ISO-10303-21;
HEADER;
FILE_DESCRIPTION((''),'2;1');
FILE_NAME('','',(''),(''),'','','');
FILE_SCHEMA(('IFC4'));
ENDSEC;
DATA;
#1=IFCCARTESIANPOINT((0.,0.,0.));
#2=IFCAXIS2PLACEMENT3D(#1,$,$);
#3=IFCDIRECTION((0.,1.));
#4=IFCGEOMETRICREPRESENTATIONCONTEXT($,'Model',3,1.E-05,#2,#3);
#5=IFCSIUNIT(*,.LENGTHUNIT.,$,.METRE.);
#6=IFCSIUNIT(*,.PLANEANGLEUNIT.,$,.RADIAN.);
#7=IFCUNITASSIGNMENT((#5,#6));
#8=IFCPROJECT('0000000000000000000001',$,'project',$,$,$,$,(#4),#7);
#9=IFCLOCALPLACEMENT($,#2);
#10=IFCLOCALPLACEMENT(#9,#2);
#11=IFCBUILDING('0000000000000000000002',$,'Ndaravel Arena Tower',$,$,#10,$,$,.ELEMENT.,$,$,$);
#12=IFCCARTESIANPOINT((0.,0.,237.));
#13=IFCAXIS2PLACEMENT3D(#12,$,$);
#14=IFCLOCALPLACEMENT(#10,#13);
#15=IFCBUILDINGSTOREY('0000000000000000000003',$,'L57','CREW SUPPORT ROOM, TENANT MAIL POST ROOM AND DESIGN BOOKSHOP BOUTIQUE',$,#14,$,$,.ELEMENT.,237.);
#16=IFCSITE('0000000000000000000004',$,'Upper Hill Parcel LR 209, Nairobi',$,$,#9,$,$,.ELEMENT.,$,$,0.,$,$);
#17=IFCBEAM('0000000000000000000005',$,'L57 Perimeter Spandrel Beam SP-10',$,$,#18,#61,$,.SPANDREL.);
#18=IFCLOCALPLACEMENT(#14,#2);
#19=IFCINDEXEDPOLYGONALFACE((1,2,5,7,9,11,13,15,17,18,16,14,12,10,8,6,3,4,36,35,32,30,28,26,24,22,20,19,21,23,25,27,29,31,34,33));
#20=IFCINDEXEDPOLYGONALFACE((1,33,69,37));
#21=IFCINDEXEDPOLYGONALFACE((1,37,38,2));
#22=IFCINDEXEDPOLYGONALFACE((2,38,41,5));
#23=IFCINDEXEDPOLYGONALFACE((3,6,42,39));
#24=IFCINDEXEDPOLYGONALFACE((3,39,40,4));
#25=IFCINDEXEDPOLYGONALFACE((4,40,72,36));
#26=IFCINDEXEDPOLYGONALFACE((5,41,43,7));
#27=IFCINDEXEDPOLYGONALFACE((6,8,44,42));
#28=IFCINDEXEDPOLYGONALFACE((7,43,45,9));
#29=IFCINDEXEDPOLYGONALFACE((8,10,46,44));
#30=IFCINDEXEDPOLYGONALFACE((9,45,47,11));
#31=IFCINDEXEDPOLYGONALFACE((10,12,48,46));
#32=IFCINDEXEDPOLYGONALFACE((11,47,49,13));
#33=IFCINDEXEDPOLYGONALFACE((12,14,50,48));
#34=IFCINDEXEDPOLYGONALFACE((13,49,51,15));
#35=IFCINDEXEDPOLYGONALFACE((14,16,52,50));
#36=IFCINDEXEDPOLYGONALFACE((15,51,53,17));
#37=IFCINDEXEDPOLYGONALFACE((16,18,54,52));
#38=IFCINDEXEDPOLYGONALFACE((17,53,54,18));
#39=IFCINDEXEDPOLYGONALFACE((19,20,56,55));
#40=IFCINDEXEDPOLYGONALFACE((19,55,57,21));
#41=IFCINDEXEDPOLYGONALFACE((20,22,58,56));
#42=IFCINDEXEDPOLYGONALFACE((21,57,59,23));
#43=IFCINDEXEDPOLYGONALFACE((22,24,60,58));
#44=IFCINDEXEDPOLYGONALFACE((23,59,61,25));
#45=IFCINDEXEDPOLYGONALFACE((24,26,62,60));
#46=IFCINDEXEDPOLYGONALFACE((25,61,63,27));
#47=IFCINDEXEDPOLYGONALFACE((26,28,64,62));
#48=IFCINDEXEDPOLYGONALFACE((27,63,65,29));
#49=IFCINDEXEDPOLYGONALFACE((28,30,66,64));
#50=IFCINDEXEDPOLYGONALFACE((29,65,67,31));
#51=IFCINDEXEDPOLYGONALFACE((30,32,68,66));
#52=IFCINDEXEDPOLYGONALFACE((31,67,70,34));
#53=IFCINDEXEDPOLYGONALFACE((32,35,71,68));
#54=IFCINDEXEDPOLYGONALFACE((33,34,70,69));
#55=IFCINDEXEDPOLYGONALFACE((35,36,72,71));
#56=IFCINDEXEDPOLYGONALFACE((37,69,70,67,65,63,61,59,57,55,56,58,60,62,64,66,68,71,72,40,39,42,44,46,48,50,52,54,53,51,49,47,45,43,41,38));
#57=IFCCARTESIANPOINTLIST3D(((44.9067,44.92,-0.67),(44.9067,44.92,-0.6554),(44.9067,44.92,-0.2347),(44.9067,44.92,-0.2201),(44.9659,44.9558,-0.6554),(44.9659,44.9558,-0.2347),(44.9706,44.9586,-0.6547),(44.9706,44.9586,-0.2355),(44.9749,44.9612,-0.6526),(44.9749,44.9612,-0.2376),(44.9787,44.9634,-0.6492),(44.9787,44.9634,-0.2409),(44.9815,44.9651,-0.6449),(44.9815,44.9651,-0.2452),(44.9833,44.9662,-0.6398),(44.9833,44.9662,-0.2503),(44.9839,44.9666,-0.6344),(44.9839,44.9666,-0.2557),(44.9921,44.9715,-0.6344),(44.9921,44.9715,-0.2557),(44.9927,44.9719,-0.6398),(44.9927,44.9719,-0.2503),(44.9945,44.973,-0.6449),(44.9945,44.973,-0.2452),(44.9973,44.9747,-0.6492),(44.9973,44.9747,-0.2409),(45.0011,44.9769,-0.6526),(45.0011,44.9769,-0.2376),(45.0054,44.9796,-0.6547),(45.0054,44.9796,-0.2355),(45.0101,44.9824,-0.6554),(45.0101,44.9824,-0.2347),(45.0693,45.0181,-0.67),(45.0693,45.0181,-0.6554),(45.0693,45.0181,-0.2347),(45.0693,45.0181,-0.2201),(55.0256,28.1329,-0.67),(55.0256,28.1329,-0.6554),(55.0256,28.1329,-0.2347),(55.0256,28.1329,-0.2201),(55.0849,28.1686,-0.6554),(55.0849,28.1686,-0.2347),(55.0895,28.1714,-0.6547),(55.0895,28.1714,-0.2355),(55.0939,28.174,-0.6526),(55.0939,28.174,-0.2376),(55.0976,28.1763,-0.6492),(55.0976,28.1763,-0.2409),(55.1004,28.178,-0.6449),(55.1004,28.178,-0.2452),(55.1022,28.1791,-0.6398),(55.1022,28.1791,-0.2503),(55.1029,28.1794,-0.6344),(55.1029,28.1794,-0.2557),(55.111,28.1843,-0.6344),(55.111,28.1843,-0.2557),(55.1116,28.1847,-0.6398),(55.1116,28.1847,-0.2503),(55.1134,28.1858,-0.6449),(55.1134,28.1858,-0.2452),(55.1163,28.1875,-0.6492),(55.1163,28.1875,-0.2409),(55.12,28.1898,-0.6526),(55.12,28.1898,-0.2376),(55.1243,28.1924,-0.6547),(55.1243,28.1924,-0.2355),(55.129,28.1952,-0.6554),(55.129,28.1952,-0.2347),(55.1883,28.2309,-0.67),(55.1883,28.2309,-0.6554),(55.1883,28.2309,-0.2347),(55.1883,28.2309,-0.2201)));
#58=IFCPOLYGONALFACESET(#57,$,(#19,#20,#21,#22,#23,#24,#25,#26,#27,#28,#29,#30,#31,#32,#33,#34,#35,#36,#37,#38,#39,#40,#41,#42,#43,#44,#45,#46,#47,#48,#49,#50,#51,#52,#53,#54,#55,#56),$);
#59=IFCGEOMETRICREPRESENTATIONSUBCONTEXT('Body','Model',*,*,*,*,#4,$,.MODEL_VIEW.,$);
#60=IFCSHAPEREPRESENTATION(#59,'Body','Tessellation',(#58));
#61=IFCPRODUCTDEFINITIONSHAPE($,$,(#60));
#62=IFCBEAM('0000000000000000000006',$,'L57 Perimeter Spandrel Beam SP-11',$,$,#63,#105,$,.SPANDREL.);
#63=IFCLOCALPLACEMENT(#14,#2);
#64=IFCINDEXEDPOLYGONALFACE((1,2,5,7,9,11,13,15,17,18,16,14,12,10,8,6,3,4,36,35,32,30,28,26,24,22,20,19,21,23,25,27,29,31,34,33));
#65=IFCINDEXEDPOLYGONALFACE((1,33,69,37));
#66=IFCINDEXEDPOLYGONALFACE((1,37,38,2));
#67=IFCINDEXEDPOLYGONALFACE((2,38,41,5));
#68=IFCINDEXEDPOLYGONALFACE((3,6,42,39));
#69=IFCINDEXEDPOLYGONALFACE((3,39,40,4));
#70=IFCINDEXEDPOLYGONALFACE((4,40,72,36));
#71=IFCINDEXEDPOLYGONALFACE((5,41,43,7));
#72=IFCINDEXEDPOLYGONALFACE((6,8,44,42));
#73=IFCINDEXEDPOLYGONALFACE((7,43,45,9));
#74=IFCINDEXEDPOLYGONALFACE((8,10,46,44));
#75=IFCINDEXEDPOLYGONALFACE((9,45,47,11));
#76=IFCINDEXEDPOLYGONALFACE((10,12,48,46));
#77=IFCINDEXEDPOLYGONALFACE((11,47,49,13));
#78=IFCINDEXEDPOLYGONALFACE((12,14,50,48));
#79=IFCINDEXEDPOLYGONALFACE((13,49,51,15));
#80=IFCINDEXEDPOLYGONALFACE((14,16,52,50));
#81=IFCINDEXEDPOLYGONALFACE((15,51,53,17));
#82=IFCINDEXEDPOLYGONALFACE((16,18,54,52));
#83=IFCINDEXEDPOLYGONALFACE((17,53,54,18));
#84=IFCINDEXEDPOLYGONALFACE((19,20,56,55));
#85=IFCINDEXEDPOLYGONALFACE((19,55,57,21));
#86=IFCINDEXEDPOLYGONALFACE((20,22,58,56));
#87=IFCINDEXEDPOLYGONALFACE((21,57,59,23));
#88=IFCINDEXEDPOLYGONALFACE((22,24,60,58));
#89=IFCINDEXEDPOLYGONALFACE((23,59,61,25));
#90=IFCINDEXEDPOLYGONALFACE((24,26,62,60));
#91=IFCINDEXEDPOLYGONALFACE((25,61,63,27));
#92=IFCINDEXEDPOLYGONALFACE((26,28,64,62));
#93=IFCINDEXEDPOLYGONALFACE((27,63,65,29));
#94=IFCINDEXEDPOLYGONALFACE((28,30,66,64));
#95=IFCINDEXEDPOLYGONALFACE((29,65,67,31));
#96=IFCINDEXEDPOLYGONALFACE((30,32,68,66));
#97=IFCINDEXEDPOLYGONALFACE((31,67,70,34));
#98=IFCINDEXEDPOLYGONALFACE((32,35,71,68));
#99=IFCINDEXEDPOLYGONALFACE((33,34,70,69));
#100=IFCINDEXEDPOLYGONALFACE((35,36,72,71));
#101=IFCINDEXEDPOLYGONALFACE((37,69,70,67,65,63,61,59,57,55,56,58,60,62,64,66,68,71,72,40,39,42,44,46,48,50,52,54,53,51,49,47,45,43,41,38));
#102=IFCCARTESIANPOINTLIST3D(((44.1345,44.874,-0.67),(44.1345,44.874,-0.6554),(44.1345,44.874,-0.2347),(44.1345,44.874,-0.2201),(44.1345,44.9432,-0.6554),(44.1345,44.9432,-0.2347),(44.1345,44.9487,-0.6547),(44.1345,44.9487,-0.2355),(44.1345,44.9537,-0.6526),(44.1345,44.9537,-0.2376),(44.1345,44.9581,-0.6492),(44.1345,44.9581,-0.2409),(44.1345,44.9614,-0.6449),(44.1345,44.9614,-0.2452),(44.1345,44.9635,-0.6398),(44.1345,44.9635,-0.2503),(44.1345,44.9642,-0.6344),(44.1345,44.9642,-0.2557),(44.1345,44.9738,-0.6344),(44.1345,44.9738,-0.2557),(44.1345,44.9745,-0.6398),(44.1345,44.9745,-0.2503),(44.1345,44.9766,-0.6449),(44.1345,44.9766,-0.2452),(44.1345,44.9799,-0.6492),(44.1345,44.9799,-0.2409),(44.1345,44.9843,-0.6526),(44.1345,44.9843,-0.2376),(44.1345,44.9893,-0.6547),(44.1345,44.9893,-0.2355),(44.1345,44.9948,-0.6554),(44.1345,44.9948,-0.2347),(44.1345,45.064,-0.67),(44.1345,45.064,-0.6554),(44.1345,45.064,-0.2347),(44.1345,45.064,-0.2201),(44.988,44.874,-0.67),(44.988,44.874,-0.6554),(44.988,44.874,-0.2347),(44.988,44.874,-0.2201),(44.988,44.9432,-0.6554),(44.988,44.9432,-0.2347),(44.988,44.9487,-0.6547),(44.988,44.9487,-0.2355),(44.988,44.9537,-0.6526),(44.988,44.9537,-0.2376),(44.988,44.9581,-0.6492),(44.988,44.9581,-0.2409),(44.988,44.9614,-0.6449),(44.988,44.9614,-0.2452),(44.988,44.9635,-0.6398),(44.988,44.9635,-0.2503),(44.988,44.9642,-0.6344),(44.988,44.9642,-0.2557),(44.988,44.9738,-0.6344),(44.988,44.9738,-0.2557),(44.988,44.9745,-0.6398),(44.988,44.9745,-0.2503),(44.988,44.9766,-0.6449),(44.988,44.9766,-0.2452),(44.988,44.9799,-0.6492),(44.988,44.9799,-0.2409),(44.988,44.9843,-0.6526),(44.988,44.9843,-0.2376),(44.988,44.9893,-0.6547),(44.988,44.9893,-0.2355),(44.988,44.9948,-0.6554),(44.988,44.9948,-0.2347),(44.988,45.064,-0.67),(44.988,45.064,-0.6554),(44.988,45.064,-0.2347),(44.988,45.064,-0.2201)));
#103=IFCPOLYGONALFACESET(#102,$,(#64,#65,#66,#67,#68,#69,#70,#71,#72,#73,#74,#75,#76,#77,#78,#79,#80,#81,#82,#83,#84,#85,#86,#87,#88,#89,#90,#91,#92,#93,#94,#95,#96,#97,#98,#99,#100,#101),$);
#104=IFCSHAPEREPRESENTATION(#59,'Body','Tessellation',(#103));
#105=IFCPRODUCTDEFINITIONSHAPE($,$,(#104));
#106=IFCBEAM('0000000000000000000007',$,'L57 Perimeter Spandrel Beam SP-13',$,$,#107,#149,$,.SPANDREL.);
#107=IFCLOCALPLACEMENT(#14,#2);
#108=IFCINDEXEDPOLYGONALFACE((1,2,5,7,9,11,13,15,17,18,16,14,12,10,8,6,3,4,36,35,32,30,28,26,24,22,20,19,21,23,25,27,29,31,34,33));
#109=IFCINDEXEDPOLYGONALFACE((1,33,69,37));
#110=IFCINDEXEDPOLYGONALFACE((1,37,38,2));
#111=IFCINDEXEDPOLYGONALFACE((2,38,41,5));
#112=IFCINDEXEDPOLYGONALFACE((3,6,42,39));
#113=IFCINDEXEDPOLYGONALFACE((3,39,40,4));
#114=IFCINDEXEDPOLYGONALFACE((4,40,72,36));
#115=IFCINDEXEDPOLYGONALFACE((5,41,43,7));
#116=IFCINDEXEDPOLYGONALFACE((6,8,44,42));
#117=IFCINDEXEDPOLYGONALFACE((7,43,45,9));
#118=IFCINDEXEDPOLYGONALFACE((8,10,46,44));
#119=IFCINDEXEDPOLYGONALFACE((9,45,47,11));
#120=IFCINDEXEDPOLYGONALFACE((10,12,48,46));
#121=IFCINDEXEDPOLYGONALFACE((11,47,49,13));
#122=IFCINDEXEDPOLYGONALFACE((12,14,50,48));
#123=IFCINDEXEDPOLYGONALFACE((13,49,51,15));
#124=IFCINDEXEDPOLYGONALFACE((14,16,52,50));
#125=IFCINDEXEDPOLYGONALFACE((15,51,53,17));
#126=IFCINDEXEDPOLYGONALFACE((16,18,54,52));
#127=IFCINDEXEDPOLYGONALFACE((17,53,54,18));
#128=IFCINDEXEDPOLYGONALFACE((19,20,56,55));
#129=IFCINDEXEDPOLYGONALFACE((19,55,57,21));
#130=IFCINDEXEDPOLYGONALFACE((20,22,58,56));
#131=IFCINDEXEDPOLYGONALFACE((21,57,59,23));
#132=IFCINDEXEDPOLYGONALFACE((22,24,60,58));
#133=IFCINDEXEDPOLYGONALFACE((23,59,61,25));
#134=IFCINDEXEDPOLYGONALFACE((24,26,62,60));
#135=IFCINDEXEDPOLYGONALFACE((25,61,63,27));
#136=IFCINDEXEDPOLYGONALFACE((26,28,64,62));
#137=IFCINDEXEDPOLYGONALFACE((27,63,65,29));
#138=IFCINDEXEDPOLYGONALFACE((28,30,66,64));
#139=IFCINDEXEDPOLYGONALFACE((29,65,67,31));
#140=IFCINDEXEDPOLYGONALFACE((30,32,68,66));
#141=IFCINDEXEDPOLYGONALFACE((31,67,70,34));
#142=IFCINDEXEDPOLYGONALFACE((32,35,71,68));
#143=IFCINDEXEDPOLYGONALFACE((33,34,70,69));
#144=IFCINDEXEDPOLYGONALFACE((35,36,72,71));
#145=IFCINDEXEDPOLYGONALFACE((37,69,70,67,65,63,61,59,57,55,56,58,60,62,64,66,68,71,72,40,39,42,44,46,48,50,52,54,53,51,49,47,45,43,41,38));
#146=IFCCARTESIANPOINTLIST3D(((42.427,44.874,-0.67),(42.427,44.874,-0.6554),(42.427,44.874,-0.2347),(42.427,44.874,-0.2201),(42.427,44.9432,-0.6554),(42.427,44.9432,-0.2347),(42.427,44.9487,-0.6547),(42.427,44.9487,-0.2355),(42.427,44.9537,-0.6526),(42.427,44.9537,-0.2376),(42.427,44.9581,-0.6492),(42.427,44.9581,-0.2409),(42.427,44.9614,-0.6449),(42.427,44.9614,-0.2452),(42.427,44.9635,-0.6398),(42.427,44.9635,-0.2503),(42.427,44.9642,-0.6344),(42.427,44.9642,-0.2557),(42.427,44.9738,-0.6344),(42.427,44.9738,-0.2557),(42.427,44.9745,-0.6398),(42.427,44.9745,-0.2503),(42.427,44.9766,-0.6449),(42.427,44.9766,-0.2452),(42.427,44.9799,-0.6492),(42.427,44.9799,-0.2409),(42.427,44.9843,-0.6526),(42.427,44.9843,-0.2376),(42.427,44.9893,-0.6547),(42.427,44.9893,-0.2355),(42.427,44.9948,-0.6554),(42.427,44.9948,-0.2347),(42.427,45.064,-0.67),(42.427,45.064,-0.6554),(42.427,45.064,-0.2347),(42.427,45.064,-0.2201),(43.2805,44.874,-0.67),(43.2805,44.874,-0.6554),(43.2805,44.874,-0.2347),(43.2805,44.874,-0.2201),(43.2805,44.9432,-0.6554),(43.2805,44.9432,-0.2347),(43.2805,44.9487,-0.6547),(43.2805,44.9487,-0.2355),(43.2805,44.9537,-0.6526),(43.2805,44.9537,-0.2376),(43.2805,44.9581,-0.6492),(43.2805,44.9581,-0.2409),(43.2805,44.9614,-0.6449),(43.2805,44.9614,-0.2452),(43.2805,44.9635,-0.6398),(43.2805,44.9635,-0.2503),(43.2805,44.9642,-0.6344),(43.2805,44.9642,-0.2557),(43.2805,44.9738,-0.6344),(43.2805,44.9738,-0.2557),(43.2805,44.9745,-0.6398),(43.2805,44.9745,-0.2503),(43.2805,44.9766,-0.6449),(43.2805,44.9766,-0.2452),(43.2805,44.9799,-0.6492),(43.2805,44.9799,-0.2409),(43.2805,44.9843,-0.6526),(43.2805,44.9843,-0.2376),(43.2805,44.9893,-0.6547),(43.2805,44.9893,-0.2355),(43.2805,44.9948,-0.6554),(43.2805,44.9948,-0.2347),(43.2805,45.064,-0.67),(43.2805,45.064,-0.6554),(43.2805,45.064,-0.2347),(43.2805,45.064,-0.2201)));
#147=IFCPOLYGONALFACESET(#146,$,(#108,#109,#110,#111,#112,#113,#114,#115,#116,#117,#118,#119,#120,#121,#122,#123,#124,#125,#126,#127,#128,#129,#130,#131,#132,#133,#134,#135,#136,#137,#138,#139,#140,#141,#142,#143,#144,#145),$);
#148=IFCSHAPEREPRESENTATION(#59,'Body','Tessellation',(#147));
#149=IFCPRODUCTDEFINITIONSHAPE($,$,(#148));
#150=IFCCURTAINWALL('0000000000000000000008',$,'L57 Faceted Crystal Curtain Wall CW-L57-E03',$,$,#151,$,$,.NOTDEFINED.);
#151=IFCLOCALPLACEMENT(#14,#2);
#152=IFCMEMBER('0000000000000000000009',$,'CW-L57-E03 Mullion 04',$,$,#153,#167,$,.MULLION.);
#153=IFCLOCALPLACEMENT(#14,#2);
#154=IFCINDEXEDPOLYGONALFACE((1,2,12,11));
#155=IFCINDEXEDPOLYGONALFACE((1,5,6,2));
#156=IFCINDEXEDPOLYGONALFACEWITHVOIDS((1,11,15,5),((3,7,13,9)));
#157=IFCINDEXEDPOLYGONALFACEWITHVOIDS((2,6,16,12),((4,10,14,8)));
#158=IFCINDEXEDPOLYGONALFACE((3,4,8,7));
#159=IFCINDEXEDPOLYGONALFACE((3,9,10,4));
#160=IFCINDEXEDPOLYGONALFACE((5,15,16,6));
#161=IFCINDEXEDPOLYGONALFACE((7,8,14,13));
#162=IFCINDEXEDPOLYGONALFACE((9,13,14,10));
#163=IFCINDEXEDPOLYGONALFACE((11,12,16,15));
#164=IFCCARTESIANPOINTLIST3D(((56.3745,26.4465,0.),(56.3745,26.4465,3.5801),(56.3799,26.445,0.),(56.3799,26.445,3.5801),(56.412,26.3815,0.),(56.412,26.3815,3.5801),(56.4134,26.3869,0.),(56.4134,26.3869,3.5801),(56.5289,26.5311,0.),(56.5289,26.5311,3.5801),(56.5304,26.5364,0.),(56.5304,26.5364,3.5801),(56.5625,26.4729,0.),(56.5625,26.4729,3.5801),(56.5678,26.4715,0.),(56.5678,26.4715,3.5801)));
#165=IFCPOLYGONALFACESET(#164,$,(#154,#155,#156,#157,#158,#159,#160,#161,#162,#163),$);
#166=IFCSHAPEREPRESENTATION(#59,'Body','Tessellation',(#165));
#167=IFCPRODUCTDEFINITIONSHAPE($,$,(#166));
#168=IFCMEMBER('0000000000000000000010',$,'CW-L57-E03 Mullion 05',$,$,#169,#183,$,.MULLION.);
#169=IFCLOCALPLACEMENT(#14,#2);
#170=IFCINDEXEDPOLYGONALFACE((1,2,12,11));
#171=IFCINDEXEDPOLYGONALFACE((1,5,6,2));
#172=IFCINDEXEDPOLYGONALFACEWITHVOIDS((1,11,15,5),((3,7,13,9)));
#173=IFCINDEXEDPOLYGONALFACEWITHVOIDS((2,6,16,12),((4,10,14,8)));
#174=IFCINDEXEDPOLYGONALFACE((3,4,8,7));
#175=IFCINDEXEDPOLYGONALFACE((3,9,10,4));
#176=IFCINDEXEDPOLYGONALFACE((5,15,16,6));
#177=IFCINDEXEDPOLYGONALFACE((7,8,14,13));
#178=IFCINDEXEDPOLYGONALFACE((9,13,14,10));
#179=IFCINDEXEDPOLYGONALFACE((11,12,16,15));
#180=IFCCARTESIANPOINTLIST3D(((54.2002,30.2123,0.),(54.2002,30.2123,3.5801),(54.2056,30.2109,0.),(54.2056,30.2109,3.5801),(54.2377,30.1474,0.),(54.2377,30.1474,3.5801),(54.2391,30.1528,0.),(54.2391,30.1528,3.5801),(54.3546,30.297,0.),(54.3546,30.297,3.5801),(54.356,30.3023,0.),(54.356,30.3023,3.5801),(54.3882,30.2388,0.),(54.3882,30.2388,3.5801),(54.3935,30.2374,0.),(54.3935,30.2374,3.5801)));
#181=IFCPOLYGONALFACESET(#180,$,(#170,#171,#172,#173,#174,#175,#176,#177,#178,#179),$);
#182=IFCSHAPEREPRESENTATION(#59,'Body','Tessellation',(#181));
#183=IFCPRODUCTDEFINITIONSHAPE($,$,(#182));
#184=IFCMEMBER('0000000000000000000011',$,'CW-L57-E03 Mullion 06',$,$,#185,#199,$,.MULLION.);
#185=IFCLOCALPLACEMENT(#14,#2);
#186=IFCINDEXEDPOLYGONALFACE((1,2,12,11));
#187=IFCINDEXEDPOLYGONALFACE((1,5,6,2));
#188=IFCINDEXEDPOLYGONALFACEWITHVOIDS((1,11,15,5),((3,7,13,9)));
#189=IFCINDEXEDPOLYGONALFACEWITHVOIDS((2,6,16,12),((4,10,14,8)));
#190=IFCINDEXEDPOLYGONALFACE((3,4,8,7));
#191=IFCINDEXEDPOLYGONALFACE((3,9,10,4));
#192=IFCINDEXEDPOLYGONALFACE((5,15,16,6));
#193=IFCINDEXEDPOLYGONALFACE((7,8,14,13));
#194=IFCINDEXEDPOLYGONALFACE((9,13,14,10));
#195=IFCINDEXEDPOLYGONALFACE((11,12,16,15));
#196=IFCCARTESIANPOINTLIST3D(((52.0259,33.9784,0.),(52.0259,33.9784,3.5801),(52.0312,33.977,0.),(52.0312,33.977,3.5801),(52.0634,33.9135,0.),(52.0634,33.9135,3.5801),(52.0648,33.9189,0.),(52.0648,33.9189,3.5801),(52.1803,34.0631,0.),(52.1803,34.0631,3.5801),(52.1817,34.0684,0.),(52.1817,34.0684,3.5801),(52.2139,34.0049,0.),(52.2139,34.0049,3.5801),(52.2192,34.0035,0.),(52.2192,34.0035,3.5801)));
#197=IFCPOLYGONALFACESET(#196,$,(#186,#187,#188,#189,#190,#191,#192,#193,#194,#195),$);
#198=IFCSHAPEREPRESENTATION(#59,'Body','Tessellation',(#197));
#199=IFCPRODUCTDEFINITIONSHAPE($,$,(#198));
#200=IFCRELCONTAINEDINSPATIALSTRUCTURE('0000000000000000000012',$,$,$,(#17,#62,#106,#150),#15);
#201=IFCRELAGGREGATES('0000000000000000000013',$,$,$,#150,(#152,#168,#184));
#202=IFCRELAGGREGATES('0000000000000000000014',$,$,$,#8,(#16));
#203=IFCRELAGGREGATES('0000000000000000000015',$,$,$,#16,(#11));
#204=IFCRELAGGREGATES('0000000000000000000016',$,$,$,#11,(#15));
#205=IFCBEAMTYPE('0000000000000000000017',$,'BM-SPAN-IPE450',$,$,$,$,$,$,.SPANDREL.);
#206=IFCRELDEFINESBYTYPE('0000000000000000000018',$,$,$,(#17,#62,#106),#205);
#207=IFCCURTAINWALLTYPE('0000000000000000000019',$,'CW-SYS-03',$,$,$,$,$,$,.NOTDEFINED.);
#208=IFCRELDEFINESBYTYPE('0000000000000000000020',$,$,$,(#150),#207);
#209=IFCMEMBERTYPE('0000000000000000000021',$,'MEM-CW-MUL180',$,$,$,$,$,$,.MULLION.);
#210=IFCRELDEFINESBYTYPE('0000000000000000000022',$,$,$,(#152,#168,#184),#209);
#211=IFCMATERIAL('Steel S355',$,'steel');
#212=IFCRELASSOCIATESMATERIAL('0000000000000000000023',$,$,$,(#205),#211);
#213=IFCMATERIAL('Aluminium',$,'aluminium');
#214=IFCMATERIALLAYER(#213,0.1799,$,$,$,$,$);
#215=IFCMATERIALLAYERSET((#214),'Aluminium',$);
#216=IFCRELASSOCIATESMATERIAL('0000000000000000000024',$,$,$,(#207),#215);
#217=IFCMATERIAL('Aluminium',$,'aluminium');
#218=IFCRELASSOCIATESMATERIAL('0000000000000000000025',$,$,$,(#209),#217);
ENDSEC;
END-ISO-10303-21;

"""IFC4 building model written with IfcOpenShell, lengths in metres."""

from ifc_helpers import new_model, si_unit, direction, frame, origin, origin_2d, place, context, subcontext, project, spatial, hollow_rectangle, i_section, extrude, material, layer, layer_set, material_profile, profile_set, type_object, element, aggregate, save


model = new_model("IFC4")

# Units and contexts
model_context = context("Model", 3, precision=1e-05, world=origin(), true_north=direction((0.0, 1.0)))
body_context = subcontext(model_context, "Body", "Model", "MODEL_VIEW")
ifc_project = project(units=[si_unit("LENGTHUNIT", "METRE"), si_unit("PLANEANGLEUNIT", "RADIAN")], contexts=[model_context])

# Site, building, storey
site_placement = place(None, origin())
site = spatial("IfcSite", under=ifc_project, at=site_placement, Name="Upper Hill Parcel LR 209, Nairobi", CompositionType="ELEMENT", RefElevation=0.0)
building_placement = place(site_placement, origin())
building = spatial("IfcBuilding", under=site, at=building_placement, Name="Ndaravel Arena Tower", CompositionType="ELEMENT")
storey_placement = place(building_placement, frame((0.0, 0.0, 237.0)))
storey = spatial("IfcBuildingStorey", under=building, at=storey_placement, Name="L57", Description="CREW SUPPORT ROOM, TENANT MAIL POST ROOM AND DESIGN BOOKSHOP BOUTIQUE", CompositionType="ELEMENT", Elevation=237.0)

# Beams
ifc_material_1 = material(Name="Steel S355", Category="steel")
ifc_material_profile_1 = material_profile(ifc_material_1, i_section(OverallWidth=0.1899, OverallDepth=0.45, WebThickness=0.0095, FlangeThickness=0.0146, FilletRadius=0.021, at=origin_2d()), Name="IPE 450")
ifc_profile_set_1 = profile_set([ifc_material_profile_1], Name="Steel S355")
beam_type_1 = type_object("IfcBeamType", Name="BM-SPAN-IPE450", PredefinedType="SPANDREL", material=ifc_profile_set_1)
beam_1_placement = place(storey_placement, frame((55.1069, 28.1819, -0.4451), z_axis=(-0.516244, 0.856442, 0.0), x_axis=(-0.856442, -0.516244, 0.0)))
element("IfcBeam", 1, at=beam_1_placement, inside=storey, type_object=beam_type_1, Name="L57 Perimeter Spandrel Beam SP-10", PredefinedType="SPANDREL", context=body_context, shape_type="SweptSolid", body=[
    extrude(i_section(OverallWidth=0.1899, OverallDepth=0.45, WebThickness=0.0095, FlangeThickness=0.0146, FilletRadius=0.021, at=origin_2d()), origin(), (0.0, 0.0, 1.0), 19.6011),
])
for number, where, z_axis, x_axis, name in (
    (2, (44.988, 44.969, -0.4451), (-1.0, 0.0, 0.0), (0.0, -1.0, 0.0), "L57 Perimeter Spandrel Beam SP-11"),
    (3, (43.2805, 44.969, -0.4451), (-1.0, 0.0, 0.0), (0.0, -1.0, 0.0), "L57 Perimeter Spandrel Beam SP-13"),
):
    element("IfcBeam", number, at=place(storey_placement, frame(where, z_axis=z_axis, x_axis=x_axis)), inside=storey, type_object=beam_type_1, Name=name, PredefinedType="SPANDREL", context=body_context, shape_type="SweptSolid", body=[
        extrude(i_section(OverallWidth=0.1899, OverallDepth=0.45, WebThickness=0.0095, FlangeThickness=0.0146, FilletRadius=0.021, at=origin_2d()), origin(), (0.0, 0.0, 1.0), 0.8535),
    ])

# Curtain wall, members
ifc_material_2 = material(Name="Aluminium", Category="aluminium")
ifc_layer_1 = layer(ifc_material_2, 0.1799)
ifc_layer_set_1 = layer_set([ifc_layer_1], Name="Aluminium")
curtain_wall_type_1 = type_object("IfcCurtainWallType", Name="CW-SYS-03", PredefinedType="NOTDEFINED", material=ifc_layer_set_1)
curtain_wall_1_placement = place(storey_placement, origin())
curtain_wall_1 = element("IfcCurtainWall", 4, at=curtain_wall_1_placement, inside=storey, type_object=curtain_wall_type_1, Name="L57 Faceted Crystal Curtain Wall CW-L57-E03", PredefinedType="NOTDEFINED")
ifc_material_3 = material(Name="Aluminium", Category="aluminium")
ifc_material_profile_2 = material_profile(ifc_material_3, hollow_rectangle(XDim=0.075, YDim=0.1799, WallThickness=0.0039, at=origin_2d()), Name="CW MULLION 75x180x4")
ifc_profile_set_2 = profile_set([ifc_material_profile_2], Name="Aluminium")
member_type_1 = type_object("IfcMemberType", Name="MEM-CW-MUL180", PredefinedType="MULLION", material=ifc_profile_set_2)
member_1_placement = place(storey_placement, frame((56.4712, 26.459, 0.0), z_axis=(0.0, 0.0, 1.0), x_axis=(-0.5, 0.866025, 0.0)))
member_1 = element("IfcMember", 5, at=member_1_placement, type_object=member_type_1, Name="CW-L57-E03 Mullion 04", PredefinedType="MULLION", context=body_context, shape_type="SweptSolid", body=[
    extrude(hollow_rectangle(XDim=0.075, YDim=0.1799, WallThickness=0.0039, at=origin_2d()), origin(), (0.0, 0.0, 1.0), 3.5801),
])
member_2_placement = place(storey_placement, frame((54.2969, 30.2249, 0.0), z_axis=(0.0, 0.0, 1.0), x_axis=(-0.5, 0.866025, 0.0)))
member_2 = element("IfcMember", 6, at=member_2_placement, type_object=member_type_1, Name="CW-L57-E03 Mullion 05", PredefinedType="MULLION", context=body_context, shape_type="SweptSolid", body=[
    extrude(hollow_rectangle(XDim=0.075, YDim=0.1799, WallThickness=0.0039, at=origin_2d()), origin(), (0.0, 0.0, 1.0), 3.5801),
])
member_3_placement = place(storey_placement, frame((52.1226, 33.991, 0.0), z_axis=(0.0, 0.0, 1.0), x_axis=(-0.5, 0.866025, 0.0)))
member_3 = element("IfcMember", 7, at=member_3_placement, type_object=member_type_1, Name="CW-L57-E03 Mullion 06", PredefinedType="MULLION", context=body_context, shape_type="SweptSolid", body=[
    extrude(hollow_rectangle(XDim=0.075, YDim=0.1799, WallThickness=0.0039, at=origin_2d()), origin(), (0.0, 0.0, 1.0), 3.5801),
])

aggregate(curtain_wall_1, [member_1, member_2, member_3])

save(model, "model.ifc")
